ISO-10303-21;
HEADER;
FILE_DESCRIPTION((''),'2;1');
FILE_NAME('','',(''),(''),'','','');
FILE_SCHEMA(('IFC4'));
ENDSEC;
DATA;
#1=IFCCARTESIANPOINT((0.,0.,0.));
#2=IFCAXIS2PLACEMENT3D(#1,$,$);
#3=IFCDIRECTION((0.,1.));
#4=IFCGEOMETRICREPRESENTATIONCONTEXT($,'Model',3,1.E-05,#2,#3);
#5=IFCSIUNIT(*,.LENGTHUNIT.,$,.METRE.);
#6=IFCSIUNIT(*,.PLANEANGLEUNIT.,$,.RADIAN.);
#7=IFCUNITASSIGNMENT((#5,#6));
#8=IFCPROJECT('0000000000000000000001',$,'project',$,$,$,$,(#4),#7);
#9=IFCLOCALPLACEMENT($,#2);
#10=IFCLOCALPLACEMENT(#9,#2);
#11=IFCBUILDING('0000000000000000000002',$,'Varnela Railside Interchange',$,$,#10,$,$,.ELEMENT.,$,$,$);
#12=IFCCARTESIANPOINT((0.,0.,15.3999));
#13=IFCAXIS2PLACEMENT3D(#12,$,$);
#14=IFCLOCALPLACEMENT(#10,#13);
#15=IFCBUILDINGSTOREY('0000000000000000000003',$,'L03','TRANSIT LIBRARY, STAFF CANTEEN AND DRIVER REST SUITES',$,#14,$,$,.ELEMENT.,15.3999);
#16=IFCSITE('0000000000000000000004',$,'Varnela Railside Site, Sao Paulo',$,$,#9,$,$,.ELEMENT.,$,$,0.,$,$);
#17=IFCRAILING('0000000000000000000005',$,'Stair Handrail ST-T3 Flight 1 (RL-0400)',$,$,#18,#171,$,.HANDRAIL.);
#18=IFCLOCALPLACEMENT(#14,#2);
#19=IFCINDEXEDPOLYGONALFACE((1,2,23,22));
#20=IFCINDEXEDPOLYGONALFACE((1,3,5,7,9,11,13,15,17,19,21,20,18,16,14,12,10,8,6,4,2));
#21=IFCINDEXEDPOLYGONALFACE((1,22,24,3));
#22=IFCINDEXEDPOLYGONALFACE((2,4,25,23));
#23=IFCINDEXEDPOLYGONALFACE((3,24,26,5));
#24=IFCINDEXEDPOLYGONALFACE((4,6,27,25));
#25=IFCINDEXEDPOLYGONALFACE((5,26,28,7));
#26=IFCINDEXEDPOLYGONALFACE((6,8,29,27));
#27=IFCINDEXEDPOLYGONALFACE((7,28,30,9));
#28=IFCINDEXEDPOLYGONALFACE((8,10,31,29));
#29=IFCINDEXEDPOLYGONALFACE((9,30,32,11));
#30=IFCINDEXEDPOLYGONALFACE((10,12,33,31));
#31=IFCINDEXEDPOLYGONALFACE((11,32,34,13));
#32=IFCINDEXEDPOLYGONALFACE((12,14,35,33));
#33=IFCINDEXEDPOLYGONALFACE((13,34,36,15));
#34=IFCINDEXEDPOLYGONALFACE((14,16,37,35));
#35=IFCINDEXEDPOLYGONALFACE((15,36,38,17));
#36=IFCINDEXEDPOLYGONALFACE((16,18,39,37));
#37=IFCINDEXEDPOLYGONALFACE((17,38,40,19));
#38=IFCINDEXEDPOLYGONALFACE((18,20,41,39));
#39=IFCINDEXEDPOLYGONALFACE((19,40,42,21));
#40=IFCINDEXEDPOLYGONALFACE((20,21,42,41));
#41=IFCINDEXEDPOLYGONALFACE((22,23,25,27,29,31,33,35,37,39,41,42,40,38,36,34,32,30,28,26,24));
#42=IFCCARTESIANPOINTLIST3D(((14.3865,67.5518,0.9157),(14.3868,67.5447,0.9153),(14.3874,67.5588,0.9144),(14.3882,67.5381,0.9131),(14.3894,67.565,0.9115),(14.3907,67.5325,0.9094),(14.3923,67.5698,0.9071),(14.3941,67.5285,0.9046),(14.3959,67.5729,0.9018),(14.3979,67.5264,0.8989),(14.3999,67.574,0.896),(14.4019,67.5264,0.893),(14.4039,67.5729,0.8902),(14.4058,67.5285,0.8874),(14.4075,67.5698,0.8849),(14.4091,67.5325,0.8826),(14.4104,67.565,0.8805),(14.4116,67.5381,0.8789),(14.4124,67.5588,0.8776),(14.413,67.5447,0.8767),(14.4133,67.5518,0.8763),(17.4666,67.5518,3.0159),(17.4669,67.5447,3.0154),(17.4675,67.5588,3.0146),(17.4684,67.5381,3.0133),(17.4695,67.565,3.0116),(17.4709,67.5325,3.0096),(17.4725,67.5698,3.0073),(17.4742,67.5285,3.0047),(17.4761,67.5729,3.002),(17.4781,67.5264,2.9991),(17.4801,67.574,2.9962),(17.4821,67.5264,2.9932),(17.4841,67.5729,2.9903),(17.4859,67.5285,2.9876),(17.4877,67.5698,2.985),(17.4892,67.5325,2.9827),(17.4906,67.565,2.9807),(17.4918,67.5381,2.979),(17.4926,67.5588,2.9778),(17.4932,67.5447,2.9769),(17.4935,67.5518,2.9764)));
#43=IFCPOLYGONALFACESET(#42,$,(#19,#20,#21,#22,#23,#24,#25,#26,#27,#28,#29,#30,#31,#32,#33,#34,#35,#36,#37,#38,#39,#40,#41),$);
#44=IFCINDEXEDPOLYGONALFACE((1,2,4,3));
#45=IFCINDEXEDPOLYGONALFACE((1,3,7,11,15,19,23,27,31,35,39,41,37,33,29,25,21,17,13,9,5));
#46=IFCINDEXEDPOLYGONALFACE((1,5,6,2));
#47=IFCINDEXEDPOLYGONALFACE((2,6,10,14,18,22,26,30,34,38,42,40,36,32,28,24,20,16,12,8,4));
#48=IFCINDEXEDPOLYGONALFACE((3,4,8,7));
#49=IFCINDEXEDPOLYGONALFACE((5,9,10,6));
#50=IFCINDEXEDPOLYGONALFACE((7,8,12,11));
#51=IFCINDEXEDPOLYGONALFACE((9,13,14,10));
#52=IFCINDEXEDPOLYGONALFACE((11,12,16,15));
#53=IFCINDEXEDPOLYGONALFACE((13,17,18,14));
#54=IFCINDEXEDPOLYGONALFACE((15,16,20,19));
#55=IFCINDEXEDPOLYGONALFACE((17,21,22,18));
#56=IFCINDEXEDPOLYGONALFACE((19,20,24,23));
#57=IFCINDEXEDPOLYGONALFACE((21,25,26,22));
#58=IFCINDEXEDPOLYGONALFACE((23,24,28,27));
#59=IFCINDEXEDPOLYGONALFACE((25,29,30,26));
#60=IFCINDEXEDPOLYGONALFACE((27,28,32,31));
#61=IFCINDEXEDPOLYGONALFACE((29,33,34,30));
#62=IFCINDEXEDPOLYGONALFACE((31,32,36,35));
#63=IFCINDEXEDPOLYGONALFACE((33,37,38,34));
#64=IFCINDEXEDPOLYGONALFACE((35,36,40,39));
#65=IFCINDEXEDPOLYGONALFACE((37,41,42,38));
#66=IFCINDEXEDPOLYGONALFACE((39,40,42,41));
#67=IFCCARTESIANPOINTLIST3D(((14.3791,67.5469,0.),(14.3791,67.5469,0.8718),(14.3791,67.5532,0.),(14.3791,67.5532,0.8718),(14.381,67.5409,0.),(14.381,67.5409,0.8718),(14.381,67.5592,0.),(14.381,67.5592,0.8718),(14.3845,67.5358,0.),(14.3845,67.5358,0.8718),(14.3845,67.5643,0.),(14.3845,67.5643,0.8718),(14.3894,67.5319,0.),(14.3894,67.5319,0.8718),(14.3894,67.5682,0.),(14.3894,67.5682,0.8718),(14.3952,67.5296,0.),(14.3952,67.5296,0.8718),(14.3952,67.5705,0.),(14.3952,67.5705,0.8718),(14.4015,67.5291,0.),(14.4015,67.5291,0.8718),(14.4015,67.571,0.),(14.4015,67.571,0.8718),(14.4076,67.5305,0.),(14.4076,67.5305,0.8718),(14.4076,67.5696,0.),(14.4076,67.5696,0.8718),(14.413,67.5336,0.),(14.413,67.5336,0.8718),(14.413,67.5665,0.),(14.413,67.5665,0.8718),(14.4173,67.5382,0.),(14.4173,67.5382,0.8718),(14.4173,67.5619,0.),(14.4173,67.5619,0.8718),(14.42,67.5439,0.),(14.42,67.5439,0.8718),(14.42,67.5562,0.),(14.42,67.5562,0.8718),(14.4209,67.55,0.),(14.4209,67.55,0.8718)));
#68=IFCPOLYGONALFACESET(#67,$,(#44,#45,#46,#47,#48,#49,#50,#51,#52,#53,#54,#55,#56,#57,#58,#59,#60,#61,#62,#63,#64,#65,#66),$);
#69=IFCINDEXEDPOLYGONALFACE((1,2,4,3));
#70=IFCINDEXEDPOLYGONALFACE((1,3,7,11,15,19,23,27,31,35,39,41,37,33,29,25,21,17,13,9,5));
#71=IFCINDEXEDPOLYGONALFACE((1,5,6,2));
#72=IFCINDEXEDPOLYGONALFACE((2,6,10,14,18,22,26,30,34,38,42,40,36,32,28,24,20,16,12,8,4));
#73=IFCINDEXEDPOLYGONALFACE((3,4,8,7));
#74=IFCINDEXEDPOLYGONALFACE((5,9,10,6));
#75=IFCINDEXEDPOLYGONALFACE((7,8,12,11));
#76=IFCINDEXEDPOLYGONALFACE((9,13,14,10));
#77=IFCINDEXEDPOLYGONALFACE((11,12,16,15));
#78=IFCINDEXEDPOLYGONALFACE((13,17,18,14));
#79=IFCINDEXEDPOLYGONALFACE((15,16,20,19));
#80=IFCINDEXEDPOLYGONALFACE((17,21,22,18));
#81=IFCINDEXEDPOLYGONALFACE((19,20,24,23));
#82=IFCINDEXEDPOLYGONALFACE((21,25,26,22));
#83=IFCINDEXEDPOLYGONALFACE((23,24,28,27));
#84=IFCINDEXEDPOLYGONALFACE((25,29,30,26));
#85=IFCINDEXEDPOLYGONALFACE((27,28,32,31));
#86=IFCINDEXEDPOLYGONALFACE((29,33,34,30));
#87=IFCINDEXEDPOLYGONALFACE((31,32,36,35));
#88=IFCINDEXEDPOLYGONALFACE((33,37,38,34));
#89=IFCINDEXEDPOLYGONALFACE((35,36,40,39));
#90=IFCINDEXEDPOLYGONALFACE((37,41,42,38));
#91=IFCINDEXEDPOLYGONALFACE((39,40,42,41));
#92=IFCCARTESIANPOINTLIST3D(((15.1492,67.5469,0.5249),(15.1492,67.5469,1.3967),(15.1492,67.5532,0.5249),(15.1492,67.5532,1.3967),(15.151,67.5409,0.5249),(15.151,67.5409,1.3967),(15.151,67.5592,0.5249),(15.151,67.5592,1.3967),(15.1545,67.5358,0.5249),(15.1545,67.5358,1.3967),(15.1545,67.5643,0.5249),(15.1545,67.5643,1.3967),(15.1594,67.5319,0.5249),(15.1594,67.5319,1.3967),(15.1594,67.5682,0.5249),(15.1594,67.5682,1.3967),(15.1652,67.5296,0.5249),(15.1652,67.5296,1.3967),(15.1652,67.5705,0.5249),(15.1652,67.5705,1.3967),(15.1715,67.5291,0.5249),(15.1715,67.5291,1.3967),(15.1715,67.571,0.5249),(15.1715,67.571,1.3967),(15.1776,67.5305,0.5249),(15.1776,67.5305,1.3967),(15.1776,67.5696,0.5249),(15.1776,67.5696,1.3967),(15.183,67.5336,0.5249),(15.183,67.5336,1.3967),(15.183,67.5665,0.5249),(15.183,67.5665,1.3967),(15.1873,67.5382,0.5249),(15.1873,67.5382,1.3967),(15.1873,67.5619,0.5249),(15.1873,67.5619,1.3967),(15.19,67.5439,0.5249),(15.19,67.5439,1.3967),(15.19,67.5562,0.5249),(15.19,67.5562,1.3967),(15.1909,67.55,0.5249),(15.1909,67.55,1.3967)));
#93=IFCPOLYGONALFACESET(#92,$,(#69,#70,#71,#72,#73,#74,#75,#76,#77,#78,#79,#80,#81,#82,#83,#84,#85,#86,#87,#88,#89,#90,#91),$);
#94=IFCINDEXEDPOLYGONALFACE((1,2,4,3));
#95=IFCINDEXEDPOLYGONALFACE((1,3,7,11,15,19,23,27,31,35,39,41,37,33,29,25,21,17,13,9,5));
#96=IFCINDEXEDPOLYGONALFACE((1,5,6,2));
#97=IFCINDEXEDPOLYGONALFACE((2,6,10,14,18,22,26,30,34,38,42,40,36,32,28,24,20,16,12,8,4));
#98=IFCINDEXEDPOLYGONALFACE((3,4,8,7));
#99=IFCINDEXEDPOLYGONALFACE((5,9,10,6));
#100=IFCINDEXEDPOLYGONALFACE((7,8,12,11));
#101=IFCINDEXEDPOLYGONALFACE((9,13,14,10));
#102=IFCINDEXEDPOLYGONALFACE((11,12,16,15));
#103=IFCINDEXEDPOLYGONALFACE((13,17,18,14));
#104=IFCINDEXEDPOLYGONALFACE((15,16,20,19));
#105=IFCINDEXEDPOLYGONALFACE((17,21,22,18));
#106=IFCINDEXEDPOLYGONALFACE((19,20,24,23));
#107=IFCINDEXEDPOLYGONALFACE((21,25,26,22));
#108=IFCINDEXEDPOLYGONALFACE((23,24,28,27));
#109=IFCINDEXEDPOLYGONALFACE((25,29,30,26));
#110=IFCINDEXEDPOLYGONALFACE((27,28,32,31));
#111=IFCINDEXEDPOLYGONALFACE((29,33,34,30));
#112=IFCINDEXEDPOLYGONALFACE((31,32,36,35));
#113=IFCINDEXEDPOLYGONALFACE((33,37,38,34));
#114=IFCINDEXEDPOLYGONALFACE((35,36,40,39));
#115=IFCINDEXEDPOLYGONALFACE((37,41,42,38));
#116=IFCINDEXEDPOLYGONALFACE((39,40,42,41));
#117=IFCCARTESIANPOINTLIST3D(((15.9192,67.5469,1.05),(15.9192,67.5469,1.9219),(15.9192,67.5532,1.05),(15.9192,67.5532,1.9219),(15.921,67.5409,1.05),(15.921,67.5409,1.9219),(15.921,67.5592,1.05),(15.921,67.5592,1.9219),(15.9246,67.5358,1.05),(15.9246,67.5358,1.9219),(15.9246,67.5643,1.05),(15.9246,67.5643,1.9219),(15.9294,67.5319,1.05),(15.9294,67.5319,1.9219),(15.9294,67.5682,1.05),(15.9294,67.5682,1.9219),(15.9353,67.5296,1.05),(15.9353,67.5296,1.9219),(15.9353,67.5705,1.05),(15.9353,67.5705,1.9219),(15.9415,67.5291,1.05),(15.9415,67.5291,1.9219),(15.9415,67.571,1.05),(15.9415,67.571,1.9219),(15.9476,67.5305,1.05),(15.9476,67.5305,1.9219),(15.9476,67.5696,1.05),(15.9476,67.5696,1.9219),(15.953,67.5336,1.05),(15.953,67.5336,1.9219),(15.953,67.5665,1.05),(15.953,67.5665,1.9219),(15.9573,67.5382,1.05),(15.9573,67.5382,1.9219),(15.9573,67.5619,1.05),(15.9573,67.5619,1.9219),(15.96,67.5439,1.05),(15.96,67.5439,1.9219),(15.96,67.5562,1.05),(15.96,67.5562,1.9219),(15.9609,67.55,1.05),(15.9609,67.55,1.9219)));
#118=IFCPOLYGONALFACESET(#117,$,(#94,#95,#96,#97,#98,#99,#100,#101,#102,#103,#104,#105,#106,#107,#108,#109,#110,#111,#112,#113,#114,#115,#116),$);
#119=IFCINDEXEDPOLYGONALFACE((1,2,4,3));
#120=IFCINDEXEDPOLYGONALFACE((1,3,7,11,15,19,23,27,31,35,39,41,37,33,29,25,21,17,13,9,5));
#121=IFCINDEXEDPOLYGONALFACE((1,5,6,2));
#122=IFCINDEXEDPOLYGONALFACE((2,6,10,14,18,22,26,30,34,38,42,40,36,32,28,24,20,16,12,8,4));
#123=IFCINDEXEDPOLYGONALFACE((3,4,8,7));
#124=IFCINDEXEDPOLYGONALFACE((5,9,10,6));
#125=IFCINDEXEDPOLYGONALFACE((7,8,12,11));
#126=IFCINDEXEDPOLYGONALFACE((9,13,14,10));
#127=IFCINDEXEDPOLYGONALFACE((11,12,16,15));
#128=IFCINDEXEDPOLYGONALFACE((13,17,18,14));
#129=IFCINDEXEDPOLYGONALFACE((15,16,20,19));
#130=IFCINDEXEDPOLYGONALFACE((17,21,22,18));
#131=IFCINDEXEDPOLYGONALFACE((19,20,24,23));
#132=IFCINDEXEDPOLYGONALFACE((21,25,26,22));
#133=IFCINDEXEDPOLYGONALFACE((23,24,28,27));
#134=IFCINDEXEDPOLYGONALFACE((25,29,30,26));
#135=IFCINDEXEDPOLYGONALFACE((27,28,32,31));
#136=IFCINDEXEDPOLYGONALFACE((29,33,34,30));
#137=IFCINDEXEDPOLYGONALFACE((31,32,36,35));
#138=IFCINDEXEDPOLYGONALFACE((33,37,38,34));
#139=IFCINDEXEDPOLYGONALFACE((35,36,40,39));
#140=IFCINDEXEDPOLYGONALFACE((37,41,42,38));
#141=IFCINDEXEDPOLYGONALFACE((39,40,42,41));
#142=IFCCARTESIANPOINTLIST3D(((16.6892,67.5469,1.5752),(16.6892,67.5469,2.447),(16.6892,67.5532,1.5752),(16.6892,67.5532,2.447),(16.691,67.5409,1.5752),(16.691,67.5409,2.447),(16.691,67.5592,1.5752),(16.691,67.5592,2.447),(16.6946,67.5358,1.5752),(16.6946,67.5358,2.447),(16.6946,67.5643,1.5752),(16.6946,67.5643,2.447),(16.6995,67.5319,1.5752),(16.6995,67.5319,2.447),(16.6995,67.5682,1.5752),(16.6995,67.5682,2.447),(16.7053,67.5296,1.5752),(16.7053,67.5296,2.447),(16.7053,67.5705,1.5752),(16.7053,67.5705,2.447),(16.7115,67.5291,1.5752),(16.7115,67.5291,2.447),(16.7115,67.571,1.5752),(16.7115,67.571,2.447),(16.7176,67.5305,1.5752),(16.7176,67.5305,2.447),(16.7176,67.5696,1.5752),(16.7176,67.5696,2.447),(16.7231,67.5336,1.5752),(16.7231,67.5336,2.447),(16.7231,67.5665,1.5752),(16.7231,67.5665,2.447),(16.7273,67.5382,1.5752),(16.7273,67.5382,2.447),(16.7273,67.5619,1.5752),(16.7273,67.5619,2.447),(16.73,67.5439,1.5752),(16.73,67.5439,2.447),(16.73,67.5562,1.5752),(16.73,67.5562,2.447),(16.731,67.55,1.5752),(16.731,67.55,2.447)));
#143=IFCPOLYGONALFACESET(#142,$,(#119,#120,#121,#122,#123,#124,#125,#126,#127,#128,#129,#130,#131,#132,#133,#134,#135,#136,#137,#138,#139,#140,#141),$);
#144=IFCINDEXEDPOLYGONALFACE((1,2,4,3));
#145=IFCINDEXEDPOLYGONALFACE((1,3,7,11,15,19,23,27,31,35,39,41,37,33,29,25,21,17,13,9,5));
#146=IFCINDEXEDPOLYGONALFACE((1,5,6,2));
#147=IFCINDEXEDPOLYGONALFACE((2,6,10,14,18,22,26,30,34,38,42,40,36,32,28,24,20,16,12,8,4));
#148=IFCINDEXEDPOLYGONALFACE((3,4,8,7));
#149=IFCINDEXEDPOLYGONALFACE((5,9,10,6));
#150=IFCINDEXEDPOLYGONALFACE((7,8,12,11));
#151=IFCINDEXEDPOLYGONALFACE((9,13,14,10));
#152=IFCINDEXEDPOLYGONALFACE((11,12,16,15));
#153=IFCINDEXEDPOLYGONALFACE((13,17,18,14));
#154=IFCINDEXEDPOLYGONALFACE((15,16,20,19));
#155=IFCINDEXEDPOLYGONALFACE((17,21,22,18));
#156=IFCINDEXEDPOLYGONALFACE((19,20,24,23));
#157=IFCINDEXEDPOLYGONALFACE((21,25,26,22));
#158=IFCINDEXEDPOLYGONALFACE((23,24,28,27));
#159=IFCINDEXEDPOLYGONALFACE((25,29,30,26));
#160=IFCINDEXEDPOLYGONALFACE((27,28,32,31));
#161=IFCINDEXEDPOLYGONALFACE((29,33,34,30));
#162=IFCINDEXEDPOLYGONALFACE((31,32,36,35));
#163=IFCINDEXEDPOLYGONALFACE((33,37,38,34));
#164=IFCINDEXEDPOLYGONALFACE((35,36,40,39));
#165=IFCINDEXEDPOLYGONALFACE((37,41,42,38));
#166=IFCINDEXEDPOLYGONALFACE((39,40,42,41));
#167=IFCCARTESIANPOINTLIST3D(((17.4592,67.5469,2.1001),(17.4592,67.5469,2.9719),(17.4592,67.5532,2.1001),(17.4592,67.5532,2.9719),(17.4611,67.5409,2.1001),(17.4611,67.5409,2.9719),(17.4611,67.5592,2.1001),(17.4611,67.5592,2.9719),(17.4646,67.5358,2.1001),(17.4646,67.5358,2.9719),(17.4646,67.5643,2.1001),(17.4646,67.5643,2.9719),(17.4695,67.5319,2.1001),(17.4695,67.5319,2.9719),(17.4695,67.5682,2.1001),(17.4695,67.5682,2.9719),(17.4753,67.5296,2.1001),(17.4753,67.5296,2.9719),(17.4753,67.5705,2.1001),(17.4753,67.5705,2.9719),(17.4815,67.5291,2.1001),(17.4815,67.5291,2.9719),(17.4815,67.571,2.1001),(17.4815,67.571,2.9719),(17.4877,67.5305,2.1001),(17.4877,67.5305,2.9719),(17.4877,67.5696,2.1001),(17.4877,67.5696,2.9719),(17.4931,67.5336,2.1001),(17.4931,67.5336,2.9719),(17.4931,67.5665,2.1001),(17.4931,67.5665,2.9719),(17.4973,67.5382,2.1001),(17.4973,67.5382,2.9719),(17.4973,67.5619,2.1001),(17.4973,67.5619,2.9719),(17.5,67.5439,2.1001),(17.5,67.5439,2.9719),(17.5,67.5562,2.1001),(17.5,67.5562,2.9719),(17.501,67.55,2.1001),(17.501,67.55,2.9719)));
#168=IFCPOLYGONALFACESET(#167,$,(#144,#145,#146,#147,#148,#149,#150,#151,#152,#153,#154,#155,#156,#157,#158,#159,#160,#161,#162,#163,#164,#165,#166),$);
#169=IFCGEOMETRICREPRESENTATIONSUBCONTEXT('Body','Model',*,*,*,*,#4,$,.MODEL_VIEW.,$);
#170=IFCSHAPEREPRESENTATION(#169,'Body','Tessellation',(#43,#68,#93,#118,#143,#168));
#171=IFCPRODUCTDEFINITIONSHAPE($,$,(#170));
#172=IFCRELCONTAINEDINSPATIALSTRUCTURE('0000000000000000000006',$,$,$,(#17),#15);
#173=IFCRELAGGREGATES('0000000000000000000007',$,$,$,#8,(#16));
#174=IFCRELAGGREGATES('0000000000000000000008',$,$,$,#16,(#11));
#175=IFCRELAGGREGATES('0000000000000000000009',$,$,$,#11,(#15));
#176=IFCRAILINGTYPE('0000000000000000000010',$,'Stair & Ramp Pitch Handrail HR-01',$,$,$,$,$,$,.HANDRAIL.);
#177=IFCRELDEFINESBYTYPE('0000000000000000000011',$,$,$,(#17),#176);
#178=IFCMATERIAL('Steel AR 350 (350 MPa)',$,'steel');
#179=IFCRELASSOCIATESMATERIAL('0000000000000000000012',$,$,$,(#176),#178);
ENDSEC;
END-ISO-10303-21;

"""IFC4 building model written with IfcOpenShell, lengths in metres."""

from ifc_helpers import new_model, si_unit, direction, frame, origin, origin_2d, place, context, subcontext, project, spatial, circle, extrude, material, type_object, element, save


model = new_model("IFC4")

# Units and contexts
model_context = context("Model", 3, precision=1e-05, world=origin(), true_north=direction((0.0, 1.0)))
body_context = subcontext(model_context, "Body", "Model", "MODEL_VIEW")
ifc_project = project(units=[si_unit("LENGTHUNIT", "METRE"), si_unit("PLANEANGLEUNIT", "RADIAN")], contexts=[model_context])

# Site, building, storey
site_placement = place(None, origin())
site = spatial("IfcSite", under=ifc_project, at=site_placement, Name="Varnela Railside Site, Sao Paulo", CompositionType="ELEMENT", RefElevation=0.0)
building_placement = place(site_placement, origin())
building = spatial("IfcBuilding", under=site, at=building_placement, Name="Varnela Railside Interchange", CompositionType="ELEMENT")
storey_placement = place(building_placement, frame((0.0, 0.0, 15.3999)))
storey = spatial("IfcBuildingStorey", under=building, at=storey_placement, Name="L03", Description="TRANSIT LIBRARY, STAFF CANTEEN AND DRIVER REST SUITES", CompositionType="ELEMENT", Elevation=15.3999)

# Shared definitions
ifc_material_1 = material(Name="Steel AR 350 (350 MPa)", Category="steel")

# Railing
railing_type_1 = type_object("IfcRailingType", Name="Stair & Ramp Pitch Handrail HR-01", PredefinedType="HANDRAIL", material=ifc_material_1)
railing_1_placement = place(storey_placement, frame((14.3999, 67.55, 0.0)))
element("IfcRailing", 1, at=railing_1_placement, inside=storey, type_object=railing_type_1, Name="Stair Handrail ST-T3 Flight 1 (RL-0400)", PredefinedType="HANDRAIL", context=body_context, shape_type="SweptSolid", body=[
    extrude(circle(Radius=0.0239, at=origin_2d()), frame((0.0, 0.0, 0.896), z_axis=(0.826222, 0.0, 0.563345), x_axis=(0.0, 1.0, 0.0)), (0.0, 0.0, 1.0), 3.728),
    extrude(circle(Radius=0.021, at=origin_2d()), origin(), (0.0, 0.0, 1.0), 0.8718),
    extrude(circle(Radius=0.021, at=origin_2d()), frame((0.77, 0.0, 0.5249)), (0.0, 0.0, 1.0), 0.8718),
    extrude(circle(Radius=0.021, at=origin_2d()), frame((1.54, 0.0, 1.05)), (0.0, 0.0, 1.0), 0.8718),
    extrude(circle(Radius=0.021, at=origin_2d()), frame((2.3101, 0.0, 1.5752)), (0.0, 0.0, 1.0), 0.8718),
    extrude(circle(Radius=0.021, at=origin_2d()), frame((3.0801, 0.0, 2.1001)), (0.0, 0.0, 1.0), 0.8718),
])

save(model, "model.ifc")
